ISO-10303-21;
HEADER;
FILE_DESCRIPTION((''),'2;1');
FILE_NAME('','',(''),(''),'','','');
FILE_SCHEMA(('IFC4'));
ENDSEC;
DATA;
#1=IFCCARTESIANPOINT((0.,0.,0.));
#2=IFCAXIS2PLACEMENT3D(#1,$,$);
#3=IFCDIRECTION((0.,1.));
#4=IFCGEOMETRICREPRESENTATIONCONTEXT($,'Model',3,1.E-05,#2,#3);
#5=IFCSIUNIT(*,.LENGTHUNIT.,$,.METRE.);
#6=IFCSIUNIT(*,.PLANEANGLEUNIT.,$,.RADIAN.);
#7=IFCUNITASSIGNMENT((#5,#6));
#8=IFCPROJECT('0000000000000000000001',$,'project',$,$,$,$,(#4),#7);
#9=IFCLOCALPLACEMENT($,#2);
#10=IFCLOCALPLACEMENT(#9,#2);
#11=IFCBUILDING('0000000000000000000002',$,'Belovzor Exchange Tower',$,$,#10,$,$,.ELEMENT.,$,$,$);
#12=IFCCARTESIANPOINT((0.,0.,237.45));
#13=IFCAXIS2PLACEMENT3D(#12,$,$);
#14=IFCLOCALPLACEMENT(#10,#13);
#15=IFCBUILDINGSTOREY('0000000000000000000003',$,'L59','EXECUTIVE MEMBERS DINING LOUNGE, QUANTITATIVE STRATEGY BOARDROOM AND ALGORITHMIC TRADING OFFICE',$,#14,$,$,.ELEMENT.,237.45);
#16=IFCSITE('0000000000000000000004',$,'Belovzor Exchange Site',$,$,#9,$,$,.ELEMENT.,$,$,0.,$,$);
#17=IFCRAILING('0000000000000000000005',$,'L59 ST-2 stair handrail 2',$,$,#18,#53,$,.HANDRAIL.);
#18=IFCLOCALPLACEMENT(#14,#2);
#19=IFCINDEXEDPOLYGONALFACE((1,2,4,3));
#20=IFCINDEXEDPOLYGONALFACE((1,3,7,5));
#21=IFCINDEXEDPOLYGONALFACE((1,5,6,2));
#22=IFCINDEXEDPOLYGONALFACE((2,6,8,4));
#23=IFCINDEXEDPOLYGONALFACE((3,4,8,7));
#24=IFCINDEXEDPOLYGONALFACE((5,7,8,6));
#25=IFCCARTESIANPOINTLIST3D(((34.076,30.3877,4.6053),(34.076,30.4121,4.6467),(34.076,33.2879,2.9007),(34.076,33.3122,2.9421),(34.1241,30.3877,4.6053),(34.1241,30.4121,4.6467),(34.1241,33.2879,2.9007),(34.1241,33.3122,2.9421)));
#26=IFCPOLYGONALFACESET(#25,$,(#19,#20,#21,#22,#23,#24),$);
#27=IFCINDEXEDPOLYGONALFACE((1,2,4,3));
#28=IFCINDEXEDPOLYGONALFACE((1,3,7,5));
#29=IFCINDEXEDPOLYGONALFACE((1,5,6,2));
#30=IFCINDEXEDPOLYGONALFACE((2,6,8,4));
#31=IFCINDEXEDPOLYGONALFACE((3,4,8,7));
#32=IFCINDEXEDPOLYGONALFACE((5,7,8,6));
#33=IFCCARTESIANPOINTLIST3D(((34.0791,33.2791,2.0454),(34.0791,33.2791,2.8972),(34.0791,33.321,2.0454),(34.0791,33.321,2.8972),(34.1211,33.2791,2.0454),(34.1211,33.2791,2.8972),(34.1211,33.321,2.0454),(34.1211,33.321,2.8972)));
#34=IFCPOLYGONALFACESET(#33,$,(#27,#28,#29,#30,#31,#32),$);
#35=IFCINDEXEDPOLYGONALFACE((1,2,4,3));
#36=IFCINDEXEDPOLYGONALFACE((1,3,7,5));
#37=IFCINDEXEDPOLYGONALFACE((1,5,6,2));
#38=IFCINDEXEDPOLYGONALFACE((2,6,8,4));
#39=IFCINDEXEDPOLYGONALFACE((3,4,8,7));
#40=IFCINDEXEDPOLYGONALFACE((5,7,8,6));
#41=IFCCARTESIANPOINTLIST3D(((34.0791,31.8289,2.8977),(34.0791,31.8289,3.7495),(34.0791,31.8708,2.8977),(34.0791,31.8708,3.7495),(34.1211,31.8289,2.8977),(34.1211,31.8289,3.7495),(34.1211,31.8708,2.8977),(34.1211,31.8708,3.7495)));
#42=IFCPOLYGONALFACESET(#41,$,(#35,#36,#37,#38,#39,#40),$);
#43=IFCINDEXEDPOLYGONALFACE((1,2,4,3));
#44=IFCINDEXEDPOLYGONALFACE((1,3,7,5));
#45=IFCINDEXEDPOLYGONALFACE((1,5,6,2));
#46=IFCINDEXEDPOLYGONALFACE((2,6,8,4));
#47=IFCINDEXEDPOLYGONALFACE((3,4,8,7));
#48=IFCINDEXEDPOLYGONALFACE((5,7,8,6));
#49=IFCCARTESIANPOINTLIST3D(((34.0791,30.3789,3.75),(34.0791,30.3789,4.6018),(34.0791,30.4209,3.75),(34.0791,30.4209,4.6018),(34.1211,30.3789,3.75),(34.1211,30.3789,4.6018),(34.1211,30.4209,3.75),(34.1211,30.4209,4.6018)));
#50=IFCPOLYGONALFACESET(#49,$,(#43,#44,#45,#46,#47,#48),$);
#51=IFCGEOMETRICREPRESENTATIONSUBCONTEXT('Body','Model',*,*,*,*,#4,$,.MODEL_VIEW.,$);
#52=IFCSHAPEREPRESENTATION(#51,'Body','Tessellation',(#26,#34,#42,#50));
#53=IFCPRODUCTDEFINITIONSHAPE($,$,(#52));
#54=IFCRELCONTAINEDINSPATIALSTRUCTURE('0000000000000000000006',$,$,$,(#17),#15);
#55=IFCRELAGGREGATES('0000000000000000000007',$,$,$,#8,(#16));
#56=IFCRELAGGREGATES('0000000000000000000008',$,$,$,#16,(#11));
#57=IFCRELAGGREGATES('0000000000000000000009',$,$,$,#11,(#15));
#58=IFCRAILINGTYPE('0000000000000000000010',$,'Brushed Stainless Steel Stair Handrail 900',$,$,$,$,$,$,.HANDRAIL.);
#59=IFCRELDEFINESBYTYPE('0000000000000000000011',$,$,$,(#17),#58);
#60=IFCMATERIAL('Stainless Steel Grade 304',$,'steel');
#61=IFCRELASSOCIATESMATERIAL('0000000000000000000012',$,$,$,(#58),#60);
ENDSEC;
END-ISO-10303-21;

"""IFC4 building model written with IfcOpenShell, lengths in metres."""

from ifc_helpers import new_model, si_unit, direction, frame, origin, origin_2d, place, context, subcontext, project, spatial, rectangle, extrude, material, type_object, element, save


model = new_model("IFC4")

# Units and contexts
model_context = context("Model", 3, precision=1e-05, world=origin(), true_north=direction((0.0, 1.0)))
body_context = subcontext(model_context, "Body", "Model", "MODEL_VIEW")
ifc_project = project(units=[si_unit("LENGTHUNIT", "METRE"), si_unit("PLANEANGLEUNIT", "RADIAN")], contexts=[model_context])

# Site, building, storey
site_placement = place(None, origin())
site = spatial("IfcSite", under=ifc_project, at=site_placement, Name="Belovzor Exchange Site", CompositionType="ELEMENT", RefElevation=0.0)
building_placement = place(site_placement, origin())
building = spatial("IfcBuilding", under=site, at=building_placement, Name="Belovzor Exchange Tower", CompositionType="ELEMENT")
storey_placement = place(building_placement, frame((0.0, 0.0, 237.45)))
storey = spatial("IfcBuildingStorey", under=building, at=storey_placement, Name="L59", Description="EXECUTIVE MEMBERS DINING LOUNGE, QUANTITATIVE STRATEGY BOARDROOM AND ALGORITHMIC TRADING OFFICE", CompositionType="ELEMENT", Elevation=237.45)

# Railing
ifc_material_1 = material(Name="Stainless Steel Grade 304", Category="steel")
railing_type_1 = type_object("IfcRailingType", Name="Brushed Stainless Steel Stair Handrail 900", PredefinedType="HANDRAIL", material=ifc_material_1)
railing_1_placement = place(storey_placement, frame((34.1001, 33.3, 2.0454)))
element("IfcRailing", 1, at=railing_1_placement, inside=storey, type_object=railing_type_1, Name="L59 ST-2 stair handrail 2", PredefinedType="HANDRAIL", context=body_context, shape_type="SweptSolid", body=[
    extrude(rectangle(XDim=0.0481, YDim=0.0481, at=origin_2d()), frame((0.0, 0.0, 0.876), z_axis=(0.0, -0.862113, 0.506716), x_axis=(1.0, 0.0, 0.0)), (0.0, 0.0, 1.0), 3.364),
    extrude(rectangle(XDim=0.042, YDim=0.042, at=origin_2d()), origin(), (0.0, 0.0, 1.0), 0.8518),
    extrude(rectangle(XDim=0.042, YDim=0.042, at=origin_2d()), frame((0.0, -1.4502, 0.8523)), (0.0, 0.0, 1.0), 0.8518),
    extrude(rectangle(XDim=0.042, YDim=0.042, at=origin_2d()), frame((0.0, -2.9001, 1.7046)), (0.0, 0.0, 1.0), 0.8518),
])

save(model, "model.ifc")
